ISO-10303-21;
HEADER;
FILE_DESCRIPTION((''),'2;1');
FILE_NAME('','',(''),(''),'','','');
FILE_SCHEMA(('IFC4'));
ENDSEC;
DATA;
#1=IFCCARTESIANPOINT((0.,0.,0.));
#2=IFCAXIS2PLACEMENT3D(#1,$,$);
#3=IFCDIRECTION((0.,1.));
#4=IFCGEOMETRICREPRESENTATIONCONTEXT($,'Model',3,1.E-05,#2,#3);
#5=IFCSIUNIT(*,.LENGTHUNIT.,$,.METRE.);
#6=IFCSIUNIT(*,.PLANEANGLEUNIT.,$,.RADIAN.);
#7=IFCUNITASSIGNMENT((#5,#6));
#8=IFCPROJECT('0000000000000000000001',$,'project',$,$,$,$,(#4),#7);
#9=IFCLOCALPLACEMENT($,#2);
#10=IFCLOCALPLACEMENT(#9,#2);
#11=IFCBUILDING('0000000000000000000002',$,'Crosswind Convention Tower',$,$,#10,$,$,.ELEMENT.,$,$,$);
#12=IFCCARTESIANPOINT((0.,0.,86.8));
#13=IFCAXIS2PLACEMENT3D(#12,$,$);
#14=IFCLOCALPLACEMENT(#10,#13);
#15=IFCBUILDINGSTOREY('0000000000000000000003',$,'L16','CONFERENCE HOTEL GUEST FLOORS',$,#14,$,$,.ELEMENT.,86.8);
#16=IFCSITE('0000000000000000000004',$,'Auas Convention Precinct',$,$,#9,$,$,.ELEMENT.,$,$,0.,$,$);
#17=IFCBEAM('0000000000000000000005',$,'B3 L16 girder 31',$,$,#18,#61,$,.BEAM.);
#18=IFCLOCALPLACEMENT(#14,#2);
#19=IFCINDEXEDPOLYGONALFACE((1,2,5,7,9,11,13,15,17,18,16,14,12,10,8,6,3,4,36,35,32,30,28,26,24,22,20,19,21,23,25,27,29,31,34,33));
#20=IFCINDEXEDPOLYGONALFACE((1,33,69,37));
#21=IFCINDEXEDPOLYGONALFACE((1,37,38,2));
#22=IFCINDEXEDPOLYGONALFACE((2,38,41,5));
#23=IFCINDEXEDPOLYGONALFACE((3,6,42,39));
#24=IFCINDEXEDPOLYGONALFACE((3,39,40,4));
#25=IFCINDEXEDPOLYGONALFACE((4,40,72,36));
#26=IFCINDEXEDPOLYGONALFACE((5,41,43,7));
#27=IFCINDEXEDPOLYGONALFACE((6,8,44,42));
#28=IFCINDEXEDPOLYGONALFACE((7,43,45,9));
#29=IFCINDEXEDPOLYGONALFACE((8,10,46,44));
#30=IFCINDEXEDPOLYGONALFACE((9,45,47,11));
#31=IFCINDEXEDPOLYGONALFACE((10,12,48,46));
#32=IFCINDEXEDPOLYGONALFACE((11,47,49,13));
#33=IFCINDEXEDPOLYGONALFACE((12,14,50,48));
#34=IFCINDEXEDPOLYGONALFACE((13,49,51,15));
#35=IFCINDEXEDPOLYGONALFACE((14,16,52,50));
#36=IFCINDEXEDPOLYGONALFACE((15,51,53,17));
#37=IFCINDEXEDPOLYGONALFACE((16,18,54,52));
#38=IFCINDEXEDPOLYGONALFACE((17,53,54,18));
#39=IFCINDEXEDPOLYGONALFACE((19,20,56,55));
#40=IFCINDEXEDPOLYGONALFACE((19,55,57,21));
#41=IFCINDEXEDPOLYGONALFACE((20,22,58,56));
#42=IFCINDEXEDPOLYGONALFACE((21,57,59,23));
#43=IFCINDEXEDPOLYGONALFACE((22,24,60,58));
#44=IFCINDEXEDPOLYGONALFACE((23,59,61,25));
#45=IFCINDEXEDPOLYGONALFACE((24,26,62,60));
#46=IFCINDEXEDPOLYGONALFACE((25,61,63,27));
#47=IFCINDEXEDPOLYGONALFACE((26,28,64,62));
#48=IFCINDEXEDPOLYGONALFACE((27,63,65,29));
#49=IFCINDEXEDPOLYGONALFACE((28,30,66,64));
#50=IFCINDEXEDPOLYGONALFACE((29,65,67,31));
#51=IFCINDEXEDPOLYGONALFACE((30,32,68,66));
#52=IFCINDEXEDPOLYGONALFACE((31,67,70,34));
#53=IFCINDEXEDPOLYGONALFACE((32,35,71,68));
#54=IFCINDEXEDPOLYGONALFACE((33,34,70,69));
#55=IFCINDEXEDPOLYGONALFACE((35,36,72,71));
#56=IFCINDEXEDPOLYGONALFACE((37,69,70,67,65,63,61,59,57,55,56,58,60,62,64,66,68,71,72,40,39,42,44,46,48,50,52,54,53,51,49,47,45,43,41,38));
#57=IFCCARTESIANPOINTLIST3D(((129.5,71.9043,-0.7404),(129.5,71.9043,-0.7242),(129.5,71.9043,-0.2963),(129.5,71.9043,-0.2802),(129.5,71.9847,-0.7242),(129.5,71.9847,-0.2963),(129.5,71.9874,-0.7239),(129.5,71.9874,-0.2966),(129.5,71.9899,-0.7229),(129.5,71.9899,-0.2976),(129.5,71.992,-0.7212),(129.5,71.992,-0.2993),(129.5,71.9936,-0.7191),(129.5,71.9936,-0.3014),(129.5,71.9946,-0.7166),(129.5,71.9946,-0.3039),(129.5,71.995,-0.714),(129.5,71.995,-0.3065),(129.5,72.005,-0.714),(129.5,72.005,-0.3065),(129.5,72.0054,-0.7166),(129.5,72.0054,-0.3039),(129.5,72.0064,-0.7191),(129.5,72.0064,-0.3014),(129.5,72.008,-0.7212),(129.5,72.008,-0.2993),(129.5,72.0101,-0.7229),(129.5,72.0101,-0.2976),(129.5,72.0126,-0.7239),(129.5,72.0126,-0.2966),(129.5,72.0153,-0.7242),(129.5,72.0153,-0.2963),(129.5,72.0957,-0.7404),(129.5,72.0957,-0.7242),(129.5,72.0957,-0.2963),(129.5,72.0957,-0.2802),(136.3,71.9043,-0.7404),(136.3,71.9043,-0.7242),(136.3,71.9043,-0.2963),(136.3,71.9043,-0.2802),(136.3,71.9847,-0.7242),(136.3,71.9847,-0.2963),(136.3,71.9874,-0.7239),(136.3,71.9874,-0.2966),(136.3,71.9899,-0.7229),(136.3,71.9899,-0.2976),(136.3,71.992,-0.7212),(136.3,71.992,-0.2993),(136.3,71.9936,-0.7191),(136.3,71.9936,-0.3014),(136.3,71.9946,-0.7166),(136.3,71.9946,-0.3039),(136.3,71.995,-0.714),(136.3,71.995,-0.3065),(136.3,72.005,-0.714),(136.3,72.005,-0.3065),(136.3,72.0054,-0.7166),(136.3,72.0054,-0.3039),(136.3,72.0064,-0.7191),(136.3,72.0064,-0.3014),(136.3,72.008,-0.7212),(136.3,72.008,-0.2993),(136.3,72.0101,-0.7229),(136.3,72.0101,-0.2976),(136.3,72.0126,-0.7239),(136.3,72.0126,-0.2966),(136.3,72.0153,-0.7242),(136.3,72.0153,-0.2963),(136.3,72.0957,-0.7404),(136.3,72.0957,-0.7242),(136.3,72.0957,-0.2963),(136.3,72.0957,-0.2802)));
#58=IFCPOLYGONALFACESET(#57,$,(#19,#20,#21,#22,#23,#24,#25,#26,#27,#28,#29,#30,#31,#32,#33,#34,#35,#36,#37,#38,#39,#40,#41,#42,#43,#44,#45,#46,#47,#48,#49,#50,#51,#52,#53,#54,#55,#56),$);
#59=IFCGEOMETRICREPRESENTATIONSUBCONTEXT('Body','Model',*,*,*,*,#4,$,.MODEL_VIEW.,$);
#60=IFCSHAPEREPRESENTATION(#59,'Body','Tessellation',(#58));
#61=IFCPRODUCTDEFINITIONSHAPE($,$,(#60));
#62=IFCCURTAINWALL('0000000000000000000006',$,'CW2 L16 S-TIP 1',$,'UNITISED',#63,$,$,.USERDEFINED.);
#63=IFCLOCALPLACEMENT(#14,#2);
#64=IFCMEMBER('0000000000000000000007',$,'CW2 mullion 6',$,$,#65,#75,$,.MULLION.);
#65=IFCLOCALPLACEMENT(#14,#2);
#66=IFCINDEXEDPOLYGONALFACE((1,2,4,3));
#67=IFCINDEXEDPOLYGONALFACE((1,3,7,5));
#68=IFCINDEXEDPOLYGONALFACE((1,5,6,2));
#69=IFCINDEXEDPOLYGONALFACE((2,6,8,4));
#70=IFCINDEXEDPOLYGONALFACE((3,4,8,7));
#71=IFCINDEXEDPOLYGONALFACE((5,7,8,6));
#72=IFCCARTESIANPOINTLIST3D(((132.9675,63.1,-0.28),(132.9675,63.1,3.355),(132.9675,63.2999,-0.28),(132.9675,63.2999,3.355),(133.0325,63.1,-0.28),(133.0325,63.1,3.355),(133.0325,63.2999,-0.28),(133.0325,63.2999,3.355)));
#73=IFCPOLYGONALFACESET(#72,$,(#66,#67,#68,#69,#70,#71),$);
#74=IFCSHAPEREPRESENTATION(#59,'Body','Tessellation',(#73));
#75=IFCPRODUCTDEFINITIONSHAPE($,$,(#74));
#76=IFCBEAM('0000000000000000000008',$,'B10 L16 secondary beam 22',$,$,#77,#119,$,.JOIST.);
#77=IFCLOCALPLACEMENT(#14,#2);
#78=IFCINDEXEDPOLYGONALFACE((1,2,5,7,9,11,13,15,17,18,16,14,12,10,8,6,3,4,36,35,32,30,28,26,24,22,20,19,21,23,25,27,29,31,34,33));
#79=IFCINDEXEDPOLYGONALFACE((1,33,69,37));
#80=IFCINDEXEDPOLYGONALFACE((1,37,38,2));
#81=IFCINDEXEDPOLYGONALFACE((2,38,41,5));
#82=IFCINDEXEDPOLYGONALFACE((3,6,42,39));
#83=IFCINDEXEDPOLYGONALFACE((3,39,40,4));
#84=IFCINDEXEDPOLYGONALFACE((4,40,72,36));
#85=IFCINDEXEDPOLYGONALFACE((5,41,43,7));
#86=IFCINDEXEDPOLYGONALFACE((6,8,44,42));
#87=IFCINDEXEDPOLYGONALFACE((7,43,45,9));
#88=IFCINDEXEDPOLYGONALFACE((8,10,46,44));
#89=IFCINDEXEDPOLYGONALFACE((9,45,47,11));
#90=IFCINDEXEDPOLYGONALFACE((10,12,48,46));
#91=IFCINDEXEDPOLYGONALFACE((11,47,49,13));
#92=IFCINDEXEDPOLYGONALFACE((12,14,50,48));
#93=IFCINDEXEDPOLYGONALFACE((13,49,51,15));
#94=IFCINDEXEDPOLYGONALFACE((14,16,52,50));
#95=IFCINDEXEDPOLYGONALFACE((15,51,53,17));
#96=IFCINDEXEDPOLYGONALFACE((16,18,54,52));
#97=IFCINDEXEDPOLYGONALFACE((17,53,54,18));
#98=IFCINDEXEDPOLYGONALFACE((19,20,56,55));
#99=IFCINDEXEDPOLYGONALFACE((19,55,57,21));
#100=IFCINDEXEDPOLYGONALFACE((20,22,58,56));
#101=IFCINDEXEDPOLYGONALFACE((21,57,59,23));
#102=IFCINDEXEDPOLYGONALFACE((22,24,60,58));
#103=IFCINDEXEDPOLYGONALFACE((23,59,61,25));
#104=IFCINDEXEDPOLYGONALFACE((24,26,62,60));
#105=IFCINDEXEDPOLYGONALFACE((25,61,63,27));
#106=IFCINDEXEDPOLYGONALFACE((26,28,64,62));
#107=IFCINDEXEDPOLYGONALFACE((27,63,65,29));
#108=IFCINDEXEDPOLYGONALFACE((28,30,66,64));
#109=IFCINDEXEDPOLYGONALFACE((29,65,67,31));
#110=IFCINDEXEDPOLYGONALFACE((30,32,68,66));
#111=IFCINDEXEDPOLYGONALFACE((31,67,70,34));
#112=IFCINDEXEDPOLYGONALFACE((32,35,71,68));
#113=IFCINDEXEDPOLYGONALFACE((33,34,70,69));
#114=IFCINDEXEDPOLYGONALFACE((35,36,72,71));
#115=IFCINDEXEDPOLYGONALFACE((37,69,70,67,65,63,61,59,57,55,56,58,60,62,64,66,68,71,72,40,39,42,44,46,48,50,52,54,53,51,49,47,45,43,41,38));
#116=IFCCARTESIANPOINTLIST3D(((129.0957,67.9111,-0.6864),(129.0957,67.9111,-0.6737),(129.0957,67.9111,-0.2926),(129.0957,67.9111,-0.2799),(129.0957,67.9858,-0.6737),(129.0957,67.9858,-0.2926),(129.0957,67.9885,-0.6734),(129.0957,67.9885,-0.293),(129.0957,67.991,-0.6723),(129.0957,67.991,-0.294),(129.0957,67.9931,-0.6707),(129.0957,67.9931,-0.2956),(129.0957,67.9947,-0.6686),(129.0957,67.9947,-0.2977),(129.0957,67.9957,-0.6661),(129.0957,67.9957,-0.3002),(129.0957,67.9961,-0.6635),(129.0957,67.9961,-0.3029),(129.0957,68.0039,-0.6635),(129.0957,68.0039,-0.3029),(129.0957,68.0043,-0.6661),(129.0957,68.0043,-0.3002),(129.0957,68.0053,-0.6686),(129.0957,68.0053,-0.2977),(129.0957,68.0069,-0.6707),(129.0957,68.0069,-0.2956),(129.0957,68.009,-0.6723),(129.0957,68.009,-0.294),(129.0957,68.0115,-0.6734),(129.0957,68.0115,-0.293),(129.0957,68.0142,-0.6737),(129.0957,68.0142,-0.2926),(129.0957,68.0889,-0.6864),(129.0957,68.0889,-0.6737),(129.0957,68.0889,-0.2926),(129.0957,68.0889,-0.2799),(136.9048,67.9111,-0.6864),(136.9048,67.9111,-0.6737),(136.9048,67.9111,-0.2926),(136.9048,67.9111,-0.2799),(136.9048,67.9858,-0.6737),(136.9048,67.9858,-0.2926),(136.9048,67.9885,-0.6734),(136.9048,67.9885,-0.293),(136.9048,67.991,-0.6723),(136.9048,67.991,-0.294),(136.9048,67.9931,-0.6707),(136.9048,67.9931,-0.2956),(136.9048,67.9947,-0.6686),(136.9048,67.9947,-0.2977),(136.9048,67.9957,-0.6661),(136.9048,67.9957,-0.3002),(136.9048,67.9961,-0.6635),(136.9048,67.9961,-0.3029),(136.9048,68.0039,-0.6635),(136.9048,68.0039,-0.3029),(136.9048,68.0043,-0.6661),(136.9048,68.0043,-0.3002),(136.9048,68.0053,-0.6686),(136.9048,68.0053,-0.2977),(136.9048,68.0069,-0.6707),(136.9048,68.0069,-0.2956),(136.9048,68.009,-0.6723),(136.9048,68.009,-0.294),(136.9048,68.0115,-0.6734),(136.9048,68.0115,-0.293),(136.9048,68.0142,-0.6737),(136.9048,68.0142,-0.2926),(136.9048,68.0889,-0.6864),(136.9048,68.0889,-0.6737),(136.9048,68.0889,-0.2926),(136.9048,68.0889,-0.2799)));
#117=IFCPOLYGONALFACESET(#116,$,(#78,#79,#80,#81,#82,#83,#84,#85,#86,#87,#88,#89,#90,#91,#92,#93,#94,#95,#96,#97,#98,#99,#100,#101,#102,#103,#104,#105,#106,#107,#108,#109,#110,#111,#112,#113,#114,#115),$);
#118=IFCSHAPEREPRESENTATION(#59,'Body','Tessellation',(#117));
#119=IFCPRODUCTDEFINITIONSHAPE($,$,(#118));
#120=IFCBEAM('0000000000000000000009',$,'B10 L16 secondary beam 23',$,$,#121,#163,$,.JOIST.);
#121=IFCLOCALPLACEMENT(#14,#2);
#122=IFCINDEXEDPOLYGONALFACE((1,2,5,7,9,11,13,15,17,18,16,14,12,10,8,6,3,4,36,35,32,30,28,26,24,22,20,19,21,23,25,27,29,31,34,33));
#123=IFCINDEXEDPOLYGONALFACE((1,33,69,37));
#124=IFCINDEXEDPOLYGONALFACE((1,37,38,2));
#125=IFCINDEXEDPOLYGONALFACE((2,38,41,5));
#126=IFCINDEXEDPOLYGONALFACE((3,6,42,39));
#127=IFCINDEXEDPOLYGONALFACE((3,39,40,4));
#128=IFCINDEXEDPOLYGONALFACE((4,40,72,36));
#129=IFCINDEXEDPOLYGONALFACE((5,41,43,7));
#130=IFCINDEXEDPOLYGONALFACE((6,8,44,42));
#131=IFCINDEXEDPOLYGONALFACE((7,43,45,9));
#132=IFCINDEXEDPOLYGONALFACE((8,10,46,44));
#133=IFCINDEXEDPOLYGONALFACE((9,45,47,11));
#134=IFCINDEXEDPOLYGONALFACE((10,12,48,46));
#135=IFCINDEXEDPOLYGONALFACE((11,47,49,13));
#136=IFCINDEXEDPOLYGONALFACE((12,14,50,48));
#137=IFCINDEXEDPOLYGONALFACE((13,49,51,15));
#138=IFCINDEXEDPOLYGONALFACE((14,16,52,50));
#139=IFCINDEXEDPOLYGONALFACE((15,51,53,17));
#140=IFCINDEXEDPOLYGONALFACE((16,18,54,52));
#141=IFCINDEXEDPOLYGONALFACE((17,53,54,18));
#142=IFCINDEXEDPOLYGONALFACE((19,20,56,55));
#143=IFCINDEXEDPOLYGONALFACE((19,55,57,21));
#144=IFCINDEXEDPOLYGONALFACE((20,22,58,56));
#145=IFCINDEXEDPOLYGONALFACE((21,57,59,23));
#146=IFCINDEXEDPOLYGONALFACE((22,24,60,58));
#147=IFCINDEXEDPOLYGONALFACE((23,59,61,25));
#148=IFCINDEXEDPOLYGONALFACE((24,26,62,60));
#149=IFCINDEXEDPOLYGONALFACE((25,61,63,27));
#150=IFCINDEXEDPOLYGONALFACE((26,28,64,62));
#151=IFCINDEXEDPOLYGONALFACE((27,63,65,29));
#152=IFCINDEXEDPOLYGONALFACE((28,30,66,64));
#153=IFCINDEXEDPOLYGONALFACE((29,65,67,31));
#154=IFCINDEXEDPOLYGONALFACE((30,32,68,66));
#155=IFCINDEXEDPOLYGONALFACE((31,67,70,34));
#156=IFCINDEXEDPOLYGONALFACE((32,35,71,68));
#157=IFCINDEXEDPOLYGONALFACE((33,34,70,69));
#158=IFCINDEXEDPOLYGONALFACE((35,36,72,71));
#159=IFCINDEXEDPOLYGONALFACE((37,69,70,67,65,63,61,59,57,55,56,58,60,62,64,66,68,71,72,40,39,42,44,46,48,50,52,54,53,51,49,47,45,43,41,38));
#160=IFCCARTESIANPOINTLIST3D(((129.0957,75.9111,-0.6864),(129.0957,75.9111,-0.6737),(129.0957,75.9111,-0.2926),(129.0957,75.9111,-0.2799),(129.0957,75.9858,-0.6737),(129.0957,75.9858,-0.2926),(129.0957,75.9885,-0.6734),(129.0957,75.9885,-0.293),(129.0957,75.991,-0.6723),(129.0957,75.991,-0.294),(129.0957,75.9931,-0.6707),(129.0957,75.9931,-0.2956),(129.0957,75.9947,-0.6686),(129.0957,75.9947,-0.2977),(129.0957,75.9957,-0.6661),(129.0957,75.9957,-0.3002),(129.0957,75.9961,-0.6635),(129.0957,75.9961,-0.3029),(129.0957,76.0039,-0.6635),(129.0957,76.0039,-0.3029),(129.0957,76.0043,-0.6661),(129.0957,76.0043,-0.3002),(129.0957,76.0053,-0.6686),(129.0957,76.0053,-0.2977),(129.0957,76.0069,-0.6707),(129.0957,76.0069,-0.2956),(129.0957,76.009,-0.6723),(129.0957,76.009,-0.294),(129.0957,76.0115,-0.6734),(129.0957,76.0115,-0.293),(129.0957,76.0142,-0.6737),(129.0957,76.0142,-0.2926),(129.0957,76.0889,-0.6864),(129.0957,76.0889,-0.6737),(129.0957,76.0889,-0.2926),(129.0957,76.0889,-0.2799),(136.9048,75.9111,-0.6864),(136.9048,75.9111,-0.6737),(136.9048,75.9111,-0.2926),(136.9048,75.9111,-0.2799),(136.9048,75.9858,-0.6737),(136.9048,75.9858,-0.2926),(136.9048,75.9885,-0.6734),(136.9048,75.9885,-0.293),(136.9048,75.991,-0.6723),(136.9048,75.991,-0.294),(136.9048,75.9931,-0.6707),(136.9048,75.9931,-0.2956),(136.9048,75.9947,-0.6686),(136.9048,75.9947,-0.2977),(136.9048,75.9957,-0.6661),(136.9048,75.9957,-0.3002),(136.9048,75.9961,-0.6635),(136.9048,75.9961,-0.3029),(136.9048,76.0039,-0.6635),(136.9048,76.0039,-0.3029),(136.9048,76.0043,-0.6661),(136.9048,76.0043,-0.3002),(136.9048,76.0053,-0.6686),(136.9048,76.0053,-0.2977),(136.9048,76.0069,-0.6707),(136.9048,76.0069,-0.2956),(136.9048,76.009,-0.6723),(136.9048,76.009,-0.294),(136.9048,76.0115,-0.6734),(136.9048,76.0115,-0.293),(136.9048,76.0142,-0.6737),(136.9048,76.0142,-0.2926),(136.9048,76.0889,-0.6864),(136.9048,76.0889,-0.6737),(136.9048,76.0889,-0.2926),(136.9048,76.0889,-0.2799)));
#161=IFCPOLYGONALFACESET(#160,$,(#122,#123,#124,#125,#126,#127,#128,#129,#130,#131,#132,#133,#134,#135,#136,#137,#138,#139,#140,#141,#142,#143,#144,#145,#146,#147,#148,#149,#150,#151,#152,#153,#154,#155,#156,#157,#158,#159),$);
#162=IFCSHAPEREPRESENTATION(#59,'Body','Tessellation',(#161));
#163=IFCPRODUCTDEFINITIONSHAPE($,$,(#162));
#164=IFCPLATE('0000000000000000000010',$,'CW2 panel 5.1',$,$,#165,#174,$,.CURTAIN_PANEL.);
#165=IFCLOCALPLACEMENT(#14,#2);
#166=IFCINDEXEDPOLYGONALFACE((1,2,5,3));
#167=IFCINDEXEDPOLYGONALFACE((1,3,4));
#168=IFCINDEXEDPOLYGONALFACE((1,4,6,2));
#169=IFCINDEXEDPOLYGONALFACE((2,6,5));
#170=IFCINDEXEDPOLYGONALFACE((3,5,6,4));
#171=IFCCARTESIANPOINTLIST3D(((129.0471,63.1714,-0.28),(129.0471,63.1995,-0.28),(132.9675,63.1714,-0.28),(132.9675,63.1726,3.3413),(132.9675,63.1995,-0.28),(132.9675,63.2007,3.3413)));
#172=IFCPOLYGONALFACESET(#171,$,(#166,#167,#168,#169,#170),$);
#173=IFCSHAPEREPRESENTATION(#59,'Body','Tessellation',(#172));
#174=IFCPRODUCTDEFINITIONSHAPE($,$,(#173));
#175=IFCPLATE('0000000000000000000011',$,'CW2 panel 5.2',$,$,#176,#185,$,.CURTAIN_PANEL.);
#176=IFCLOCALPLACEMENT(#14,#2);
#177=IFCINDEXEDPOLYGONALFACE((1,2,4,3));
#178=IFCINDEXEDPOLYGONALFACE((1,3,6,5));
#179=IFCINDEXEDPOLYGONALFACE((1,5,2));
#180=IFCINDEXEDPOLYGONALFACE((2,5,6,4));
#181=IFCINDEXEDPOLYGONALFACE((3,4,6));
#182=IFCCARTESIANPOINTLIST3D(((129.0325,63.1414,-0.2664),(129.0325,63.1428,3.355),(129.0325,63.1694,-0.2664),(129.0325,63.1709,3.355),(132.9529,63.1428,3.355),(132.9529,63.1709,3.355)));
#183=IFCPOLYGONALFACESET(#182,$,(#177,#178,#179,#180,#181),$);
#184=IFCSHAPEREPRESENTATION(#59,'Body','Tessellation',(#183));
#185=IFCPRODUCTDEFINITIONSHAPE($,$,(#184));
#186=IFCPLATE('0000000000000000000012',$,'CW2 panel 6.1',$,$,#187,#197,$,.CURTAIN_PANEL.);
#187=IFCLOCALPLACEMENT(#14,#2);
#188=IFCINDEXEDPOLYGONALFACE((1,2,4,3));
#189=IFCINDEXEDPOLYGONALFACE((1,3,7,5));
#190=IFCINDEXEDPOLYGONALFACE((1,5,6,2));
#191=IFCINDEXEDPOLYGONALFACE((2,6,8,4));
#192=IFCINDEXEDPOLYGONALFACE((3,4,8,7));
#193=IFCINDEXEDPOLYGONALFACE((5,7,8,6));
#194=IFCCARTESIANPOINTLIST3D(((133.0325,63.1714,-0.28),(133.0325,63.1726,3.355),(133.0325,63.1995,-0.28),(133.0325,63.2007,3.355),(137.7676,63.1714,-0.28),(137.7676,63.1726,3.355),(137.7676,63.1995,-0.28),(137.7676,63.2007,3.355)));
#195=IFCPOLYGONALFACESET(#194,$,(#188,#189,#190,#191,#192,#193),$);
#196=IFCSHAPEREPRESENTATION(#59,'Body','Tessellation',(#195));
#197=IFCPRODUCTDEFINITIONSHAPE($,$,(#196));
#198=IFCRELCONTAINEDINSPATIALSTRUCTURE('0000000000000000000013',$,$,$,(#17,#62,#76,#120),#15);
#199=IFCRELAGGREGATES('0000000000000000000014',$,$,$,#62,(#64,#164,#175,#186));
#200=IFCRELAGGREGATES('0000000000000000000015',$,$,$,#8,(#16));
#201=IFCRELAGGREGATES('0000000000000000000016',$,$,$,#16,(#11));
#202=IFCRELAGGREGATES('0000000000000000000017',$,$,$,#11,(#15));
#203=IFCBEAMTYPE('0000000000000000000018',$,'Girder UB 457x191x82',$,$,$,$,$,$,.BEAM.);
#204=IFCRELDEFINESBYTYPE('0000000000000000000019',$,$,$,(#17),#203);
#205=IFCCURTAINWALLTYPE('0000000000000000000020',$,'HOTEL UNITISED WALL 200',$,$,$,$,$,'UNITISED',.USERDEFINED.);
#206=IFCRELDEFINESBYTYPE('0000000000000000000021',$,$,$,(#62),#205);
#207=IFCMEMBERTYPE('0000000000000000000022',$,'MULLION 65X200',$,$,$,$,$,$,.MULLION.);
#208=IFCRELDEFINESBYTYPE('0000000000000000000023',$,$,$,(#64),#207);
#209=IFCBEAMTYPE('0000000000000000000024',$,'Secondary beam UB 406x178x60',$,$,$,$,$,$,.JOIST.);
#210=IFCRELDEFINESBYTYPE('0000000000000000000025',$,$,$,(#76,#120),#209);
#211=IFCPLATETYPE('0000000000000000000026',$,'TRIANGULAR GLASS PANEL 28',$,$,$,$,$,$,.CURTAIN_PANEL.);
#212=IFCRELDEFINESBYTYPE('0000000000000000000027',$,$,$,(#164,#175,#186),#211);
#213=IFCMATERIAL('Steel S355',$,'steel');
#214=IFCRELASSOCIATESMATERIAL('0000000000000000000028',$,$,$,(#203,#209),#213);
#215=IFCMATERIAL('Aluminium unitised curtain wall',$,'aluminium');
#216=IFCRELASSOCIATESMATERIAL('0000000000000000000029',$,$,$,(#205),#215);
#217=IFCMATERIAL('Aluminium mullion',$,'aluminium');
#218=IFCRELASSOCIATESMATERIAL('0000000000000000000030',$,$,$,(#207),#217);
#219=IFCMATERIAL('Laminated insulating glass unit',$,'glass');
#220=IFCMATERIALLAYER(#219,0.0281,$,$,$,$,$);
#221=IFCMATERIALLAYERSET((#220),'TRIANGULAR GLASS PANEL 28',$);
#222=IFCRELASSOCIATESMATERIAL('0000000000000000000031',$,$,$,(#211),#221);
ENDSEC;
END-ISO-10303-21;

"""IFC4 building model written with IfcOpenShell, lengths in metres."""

from ifc_helpers import new_model, si_unit, direction, frame, origin, origin_2d, place, context, subcontext, project, spatial, polyline, rectangle, i_section, outline, extrude, material, layer, layer_set, material_profile, profile_set, type_object, element, aggregate, save


model = new_model("IFC4")

# Units and contexts
model_context = context("Model", 3, precision=1e-05, world=origin(), true_north=direction((0.0, 1.0)))
body_context = subcontext(model_context, "Body", "Model", "MODEL_VIEW")
ifc_project = project(units=[si_unit("LENGTHUNIT", "METRE"), si_unit("PLANEANGLEUNIT", "RADIAN")], contexts=[model_context])

# Site, building, storey
site_placement = place(None, origin())
site = spatial("IfcSite", under=ifc_project, at=site_placement, Name="Auas Convention Precinct", CompositionType="ELEMENT", RefElevation=0.0)
building_placement = place(site_placement, origin())
building = spatial("IfcBuilding", under=site, at=building_placement, Name="Crosswind Convention Tower", CompositionType="ELEMENT")
storey_placement = place(building_placement, frame((0.0, 0.0, 86.8)))
storey = spatial("IfcBuildingStorey", under=building, at=storey_placement, Name="L16", Description="CONFERENCE HOTEL GUEST FLOORS", CompositionType="ELEMENT", Elevation=86.8)

# Beam
ifc_material_1 = material(Name="Steel S355", Category="steel")
ifc_material_profile_1 = material_profile(ifc_material_1, i_section(OverallWidth=0.1914, OverallDepth=0.4602, WebThickness=0.01, FlangeThickness=0.0161, FilletRadius=0.0103, at=origin_2d()), Name="UB 457x191x82")
ifc_profile_set_1 = profile_set([ifc_material_profile_1], Name="Steel S355")
beam_type_1 = type_object("IfcBeamType", Name="Girder UB 457x191x82", PredefinedType="BEAM", material=ifc_profile_set_1)
beam_1_placement = place(storey_placement, frame((129.5, 72.0, -0.5103), z_axis=(1.0, 0.0, 0.0), x_axis=(0.0, 1.0, 0.0)))
element("IfcBeam", 1, at=beam_1_placement, inside=storey, type_object=beam_type_1, Name="B3 L16 girder 31", PredefinedType="BEAM", context=body_context, shape_type="SweptSolid", body=[
    extrude(i_section(OverallWidth=0.1914, OverallDepth=0.4602, WebThickness=0.01, FlangeThickness=0.0161, FilletRadius=0.0103, at=origin_2d()), origin(), (0.0, 0.0, 1.0), 6.8),
])

# Curtain wall, member
ifc_material_2 = material(Name="Aluminium unitised curtain wall", Category="aluminium")
curtain_wall_type = type_object("IfcCurtainWallType", Name="HOTEL UNITISED WALL 200", ElementType="UNITISED", PredefinedType="USERDEFINED", material=ifc_material_2)
curtain_wall_placement = place(storey_placement, origin())
curtain_wall = element("IfcCurtainWall", 2, at=curtain_wall_placement, inside=storey, type_object=curtain_wall_type, Name="CW2 L16 S-TIP 1", ObjectType="UNITISED", PredefinedType="USERDEFINED")
ifc_material_3 = material(Name="Aluminium mullion", Category="aluminium")
ifc_material_profile_2 = material_profile(ifc_material_3, rectangle(XDim=0.2, YDim=0.0649, at=origin_2d()), Name="AL 200X65")
ifc_profile_set_2 = profile_set([ifc_material_profile_2], Name="Aluminium mullion")
member_type = type_object("IfcMemberType", Name="MULLION 65X200", PredefinedType="MULLION", material=ifc_profile_set_2)
member_placement = place(storey_placement, frame((133.0, 63.2, -0.28), z_axis=(0.0, 0.0, 1.0), x_axis=(0.0, -1.0, 0.0)))
member = element("IfcMember", 3, at=member_placement, type_object=member_type, Name="CW2 mullion 6", PredefinedType="MULLION", context=body_context, shape_type="SweptSolid", body=[
    extrude(rectangle(XDim=0.2, YDim=0.0649, at=origin_2d()), origin(), (0.0, 0.0, 1.0), 3.635),
])

# Beams
ifc_material_profile_3 = material_profile(ifc_material_1, i_section(OverallWidth=0.1777, OverallDepth=0.4065, WebThickness=0.0078, FlangeThickness=0.0127, FilletRadius=0.0103, at=origin_2d()), Name="UB 406x178x60")
ifc_profile_set_3 = profile_set([ifc_material_profile_3], Name="Steel S355")
beam_type_2 = type_object("IfcBeamType", Name="Secondary beam UB 406x178x60", PredefinedType="JOIST", material=ifc_profile_set_3)
for number, where, z_axis, x_axis, name in (
    (4, (129.0957, 68.0, -0.4832), (1.0, 0.0, 0.0), (0.0, 1.0, 0.0), "B10 L16 secondary beam 22"),
    (5, (129.0957, 76.0, -0.4832), (1.0, 0.0, 0.0), (0.0, 1.0, 0.0), "B10 L16 secondary beam 23"),
):
    element("IfcBeam", number, at=place(storey_placement, frame(where, z_axis=z_axis, x_axis=x_axis)), inside=storey, type_object=beam_type_2, Name=name, PredefinedType="JOIST", context=body_context, shape_type="SweptSolid", body=[
        extrude(i_section(OverallWidth=0.1777, OverallDepth=0.4065, WebThickness=0.0078, FlangeThickness=0.0127, FilletRadius=0.0103, at=origin_2d()), origin(), (0.0, 0.0, 1.0), 7.8091),
    ])

# Plates
ifc_material_4 = material(Name="Laminated insulating glass unit", Category="glass")
ifc_layer_1 = layer(ifc_material_4, 0.0281)
ifc_layer_set_1 = layer_set([ifc_layer_1], Name="TRIANGULAR GLASS PANEL 28")
plate_type = type_object("IfcPlateType", Name="TRIANGULAR GLASS PANEL 28", PredefinedType="CURTAIN_PANEL", material=ifc_layer_set_1)
plate_1_placement = place(storey_placement, frame((132.9675, 63.1714, -0.28), z_axis=(0.0, -1.0, 0.000337), x_axis=(0.0, 0.000337, 1.0)))
plate_1 = element("IfcPlate", 6, at=plate_1_placement, type_object=plate_type, Name="CW2 panel 5.1", PredefinedType="CURTAIN_PANEL", context=body_context, shape_type="SweptSolid", body=[
    extrude(outline(polyline([(0.0, 0.0), (3.6213, 0.0), (0.0, 3.9204), (0.0, 0.0)])), origin(), (0.0, 0.0, -1.0), 0.0281),
])
plate_2_placement = place(storey_placement, frame((129.0325, 63.1428, 3.355), z_axis=(0.0, -1.0, 0.000405), x_axis=(0.0, -0.000405, -1.0)))
plate_2 = element("IfcPlate", 7, at=plate_2_placement, type_object=plate_type, Name="CW2 panel 5.2", PredefinedType="CURTAIN_PANEL", context=body_context, shape_type="SweptSolid", body=[
    extrude(outline(polyline([(0.0, 0.0), (3.6213, 0.0), (0.0, 3.9204), (0.0, 0.0)])), origin(), (0.0, 0.0, -1.0), 0.0281),
])
plate_3_placement = place(storey_placement, frame((133.0325, 63.1714, -0.28), z_axis=(0.0, -1.0, 0.000336), x_axis=(1.0, 0.0, 0.0)))
plate_3 = element("IfcPlate", 8, at=plate_3_placement, type_object=plate_type, Name="CW2 panel 6.1", PredefinedType="CURTAIN_PANEL", context=body_context, shape_type="SweptSolid", body=[
    extrude(outline(polyline([(0.0, 0.0), (4.7351, 0.0), (4.7351, 3.635), (0.0, 3.635), (0.0, 0.0)])), origin(), (0.0, 0.0, -1.0), 0.0281),
])
aggregate(curtain_wall, [member, plate_1, plate_2, plate_3])

save(model, "model.ifc")
